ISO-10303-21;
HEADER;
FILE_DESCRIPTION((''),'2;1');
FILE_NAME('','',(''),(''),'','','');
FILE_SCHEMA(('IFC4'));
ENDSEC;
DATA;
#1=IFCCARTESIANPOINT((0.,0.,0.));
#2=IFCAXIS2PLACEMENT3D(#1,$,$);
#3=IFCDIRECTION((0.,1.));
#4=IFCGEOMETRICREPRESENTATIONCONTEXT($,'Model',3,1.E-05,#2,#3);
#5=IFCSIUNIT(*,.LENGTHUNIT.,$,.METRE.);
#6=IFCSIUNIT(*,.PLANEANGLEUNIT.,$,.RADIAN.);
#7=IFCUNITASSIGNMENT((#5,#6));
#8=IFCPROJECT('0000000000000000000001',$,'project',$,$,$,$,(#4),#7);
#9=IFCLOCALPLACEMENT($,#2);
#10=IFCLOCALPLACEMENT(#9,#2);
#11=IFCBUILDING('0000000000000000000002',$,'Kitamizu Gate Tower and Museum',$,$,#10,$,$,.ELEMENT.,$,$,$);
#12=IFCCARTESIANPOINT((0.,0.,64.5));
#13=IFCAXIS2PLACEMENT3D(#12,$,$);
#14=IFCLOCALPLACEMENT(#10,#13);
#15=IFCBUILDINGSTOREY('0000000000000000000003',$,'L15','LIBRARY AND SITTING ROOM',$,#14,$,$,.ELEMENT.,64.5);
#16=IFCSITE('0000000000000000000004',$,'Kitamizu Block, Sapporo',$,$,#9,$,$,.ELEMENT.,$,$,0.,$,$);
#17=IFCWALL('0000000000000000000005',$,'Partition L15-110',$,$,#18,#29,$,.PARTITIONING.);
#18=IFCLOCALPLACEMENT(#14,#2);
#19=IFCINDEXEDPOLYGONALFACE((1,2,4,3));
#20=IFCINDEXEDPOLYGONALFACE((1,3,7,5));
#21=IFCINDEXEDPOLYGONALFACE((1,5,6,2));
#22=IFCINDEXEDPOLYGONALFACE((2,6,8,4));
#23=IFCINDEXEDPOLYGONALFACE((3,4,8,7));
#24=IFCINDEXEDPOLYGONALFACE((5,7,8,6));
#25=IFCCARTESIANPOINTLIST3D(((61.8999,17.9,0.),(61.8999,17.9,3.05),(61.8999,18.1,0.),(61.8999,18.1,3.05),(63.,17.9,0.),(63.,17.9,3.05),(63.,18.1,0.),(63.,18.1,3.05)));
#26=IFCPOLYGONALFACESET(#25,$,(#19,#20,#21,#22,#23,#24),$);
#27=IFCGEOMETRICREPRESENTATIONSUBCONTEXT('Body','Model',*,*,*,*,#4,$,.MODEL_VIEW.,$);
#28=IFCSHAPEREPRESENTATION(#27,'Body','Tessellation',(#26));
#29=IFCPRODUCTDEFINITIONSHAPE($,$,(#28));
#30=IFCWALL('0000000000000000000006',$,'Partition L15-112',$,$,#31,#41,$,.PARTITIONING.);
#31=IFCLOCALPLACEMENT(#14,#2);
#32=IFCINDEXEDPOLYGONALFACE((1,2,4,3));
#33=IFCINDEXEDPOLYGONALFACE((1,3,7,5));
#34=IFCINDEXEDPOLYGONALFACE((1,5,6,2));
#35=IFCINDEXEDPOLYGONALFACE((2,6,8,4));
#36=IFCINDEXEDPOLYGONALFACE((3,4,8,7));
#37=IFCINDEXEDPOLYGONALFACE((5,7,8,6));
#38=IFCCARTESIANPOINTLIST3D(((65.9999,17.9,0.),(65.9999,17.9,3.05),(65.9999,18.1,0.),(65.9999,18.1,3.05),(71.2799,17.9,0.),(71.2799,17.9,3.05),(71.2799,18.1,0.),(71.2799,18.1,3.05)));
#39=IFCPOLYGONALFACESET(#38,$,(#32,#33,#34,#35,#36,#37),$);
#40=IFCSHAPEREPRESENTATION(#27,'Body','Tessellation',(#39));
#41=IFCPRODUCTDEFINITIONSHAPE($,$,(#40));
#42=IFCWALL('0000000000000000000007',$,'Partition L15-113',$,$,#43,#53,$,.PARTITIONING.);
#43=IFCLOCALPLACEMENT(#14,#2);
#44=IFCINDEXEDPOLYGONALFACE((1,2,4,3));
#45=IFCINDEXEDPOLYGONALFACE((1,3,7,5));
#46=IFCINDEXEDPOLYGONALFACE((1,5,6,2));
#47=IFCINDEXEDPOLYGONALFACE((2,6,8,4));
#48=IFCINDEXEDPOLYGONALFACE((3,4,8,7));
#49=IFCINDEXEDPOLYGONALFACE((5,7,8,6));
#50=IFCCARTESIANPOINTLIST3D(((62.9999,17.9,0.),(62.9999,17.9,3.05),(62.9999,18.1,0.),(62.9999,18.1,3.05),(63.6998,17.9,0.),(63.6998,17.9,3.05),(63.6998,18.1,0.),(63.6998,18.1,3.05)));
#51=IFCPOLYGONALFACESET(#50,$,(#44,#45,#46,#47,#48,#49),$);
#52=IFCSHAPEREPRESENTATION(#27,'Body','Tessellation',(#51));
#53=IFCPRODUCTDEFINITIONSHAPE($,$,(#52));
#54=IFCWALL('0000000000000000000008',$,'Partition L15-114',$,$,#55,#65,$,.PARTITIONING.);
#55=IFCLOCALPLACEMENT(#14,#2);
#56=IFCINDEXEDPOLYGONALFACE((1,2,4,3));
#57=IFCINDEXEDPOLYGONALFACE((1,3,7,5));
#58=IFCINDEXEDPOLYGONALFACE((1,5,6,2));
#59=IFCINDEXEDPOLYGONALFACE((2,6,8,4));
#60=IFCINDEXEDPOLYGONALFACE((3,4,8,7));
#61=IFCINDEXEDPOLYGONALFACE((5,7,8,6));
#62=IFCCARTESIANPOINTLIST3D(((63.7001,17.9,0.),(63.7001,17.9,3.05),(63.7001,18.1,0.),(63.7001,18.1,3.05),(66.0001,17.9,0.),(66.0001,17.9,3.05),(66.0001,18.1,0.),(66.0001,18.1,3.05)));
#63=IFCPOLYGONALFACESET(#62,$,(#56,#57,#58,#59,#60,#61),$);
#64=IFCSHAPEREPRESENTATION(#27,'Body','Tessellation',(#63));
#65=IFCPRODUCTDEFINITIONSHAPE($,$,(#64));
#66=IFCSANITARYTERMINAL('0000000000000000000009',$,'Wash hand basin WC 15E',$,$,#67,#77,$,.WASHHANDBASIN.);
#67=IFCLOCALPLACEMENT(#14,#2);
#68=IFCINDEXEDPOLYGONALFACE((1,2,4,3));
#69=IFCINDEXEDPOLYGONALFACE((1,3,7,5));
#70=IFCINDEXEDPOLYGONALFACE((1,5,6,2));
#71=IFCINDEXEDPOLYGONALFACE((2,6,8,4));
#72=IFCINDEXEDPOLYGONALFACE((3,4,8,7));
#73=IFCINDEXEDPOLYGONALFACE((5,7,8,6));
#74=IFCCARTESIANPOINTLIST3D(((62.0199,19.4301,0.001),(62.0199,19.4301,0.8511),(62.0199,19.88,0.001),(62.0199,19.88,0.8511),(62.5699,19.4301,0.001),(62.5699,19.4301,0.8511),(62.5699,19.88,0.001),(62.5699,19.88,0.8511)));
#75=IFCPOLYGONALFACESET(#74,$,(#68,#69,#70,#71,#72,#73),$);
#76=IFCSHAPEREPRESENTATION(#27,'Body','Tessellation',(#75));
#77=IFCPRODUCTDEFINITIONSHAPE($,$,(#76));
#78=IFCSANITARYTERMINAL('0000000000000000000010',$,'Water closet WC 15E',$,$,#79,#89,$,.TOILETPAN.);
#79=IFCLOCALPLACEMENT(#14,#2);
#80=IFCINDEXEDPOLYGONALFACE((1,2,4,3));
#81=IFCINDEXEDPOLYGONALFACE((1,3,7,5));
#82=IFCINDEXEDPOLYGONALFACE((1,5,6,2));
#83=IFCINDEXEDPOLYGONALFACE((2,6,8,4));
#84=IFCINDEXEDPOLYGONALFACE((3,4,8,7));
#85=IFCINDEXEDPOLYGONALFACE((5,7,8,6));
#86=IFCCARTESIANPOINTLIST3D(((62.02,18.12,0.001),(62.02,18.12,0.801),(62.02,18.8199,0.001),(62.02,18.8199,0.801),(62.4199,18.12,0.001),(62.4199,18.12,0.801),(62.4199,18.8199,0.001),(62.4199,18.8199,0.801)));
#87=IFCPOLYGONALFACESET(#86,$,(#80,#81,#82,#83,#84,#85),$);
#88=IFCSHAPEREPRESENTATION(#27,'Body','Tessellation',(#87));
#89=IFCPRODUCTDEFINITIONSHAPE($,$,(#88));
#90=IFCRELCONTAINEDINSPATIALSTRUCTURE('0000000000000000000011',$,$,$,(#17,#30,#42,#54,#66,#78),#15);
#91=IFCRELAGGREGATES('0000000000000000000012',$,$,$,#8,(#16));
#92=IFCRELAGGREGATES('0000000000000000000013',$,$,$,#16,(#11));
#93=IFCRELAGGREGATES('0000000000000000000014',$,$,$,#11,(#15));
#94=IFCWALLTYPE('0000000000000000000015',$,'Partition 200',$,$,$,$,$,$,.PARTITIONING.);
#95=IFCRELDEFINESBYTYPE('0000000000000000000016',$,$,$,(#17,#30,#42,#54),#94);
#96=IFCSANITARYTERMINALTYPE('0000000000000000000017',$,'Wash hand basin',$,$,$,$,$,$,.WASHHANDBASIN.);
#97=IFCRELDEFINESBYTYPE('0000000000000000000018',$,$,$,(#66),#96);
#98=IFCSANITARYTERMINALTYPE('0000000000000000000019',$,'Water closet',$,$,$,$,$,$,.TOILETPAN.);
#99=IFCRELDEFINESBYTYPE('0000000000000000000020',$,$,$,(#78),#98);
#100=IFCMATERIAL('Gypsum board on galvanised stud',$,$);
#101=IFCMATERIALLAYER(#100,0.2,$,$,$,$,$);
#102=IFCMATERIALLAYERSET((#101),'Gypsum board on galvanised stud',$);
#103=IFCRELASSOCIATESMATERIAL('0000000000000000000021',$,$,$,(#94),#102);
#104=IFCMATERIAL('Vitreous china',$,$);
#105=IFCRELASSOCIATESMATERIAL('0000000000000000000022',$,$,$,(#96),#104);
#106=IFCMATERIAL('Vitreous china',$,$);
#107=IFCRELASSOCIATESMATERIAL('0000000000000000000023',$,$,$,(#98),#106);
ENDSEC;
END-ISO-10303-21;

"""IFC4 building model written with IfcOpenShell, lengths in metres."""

from ifc_helpers import new_model, si_unit, direction, frame, frame_2d, origin, origin_2d, place, context, subcontext, project, spatial, rectangle, extrude, material, layer, layer_set, type_object, element, save


model = new_model("IFC4")

# Units and contexts
model_context = context("Model", 3, precision=1e-05, world=origin(), true_north=direction((0.0, 1.0)))
body_context = subcontext(model_context, "Body", "Model", "MODEL_VIEW")
ifc_project = project(units=[si_unit("LENGTHUNIT", "METRE"), si_unit("PLANEANGLEUNIT", "RADIAN")], contexts=[model_context])

# Site, building, storey
site_placement = place(None, origin())
site = spatial("IfcSite", under=ifc_project, at=site_placement, Name="Kitamizu Block, Sapporo", CompositionType="ELEMENT", RefElevation=0.0)
building_placement = place(site_placement, origin())
building = spatial("IfcBuilding", under=site, at=building_placement, Name="Kitamizu Gate Tower and Museum", CompositionType="ELEMENT")
storey_placement = place(building_placement, frame((0.0, 0.0, 64.5)))
storey = spatial("IfcBuildingStorey", under=building, at=storey_placement, Name="L15", Description="LIBRARY AND SITTING ROOM", CompositionType="ELEMENT", Elevation=64.5)

# Walls
ifc_material_1 = material(Name="Gypsum board on galvanised stud")
ifc_layer_1 = layer(ifc_material_1, 0.2)
ifc_layer_set_1 = layer_set([ifc_layer_1], Name="Gypsum board on galvanised stud")
wall_type_1 = type_object("IfcWallType", Name="Partition 200", PredefinedType="PARTITIONING", material=ifc_layer_set_1)
wall_1_placement = place(storey_placement, frame((63.0, 18.0, 0.0), z_axis=(0.0, 0.0, 1.0), x_axis=(-1.0, 0.0, 0.0)))
element("IfcWall", 1, at=wall_1_placement, inside=storey, type_object=wall_type_1, Name="Partition L15-110", PredefinedType="PARTITIONING", context=body_context, shape_type="SweptSolid", body=[
    extrude(rectangle(XDim=1.1001, YDim=0.2, at=frame_2d((0.55, 0.0))), origin(), (0.0, 0.0, 1.0), 3.05),
])
wall_2_placement = place(storey_placement, frame((71.28, 18.0, 0.0), z_axis=(0.0, 0.0, 1.0), x_axis=(-1.0, 0.0, 0.0)))
element("IfcWall", 2, at=wall_2_placement, inside=storey, type_object=wall_type_1, Name="Partition L15-112", PredefinedType="PARTITIONING", context=body_context, shape_type="SweptSolid", body=[
    extrude(rectangle(XDim=5.28, YDim=0.2, at=frame_2d((2.6401, 0.0))), origin(), (0.0, 0.0, 1.0), 3.05),
])
wall_3_placement = place(storey_placement, frame((63.7, 18.0, 0.0), z_axis=(0.0, 0.0, 1.0), x_axis=(-1.0, 0.0, 0.0)))
element("IfcWall", 3, at=wall_3_placement, inside=storey, type_object=wall_type_1, Name="Partition L15-113", PredefinedType="PARTITIONING", context=body_context, shape_type="SweptSolid", body=[
    extrude(rectangle(XDim=0.7, YDim=0.2, at=frame_2d((0.3501, 0.0))), origin(), (0.0, 0.0, 1.0), 3.05),
])
wall_4_placement = place(storey_placement, frame((66.0, 18.0, 0.0), z_axis=(0.0, 0.0, 1.0), x_axis=(-1.0, 0.0, 0.0)))
element("IfcWall", 4, at=wall_4_placement, inside=storey, type_object=wall_type_1, Name="Partition L15-114", PredefinedType="PARTITIONING", context=body_context, shape_type="SweptSolid", body=[
    extrude(rectangle(XDim=2.3, YDim=0.2, at=frame_2d((1.1499, 0.0))), origin(), (0.0, 0.0, 1.0), 3.05),
])

# Sanitary terminals
ifc_material_2 = material(Name="Vitreous china")
sanitary_terminal_type_1 = type_object("IfcSanitaryTerminalType", Name="Wash hand basin", PredefinedType="WASHHANDBASIN", material=ifc_material_2)
sanitary_terminal_1_placement = place(storey_placement, frame((62.2949, 19.655, 0.001), z_axis=(0.0, 0.0, 1.0), x_axis=(1.0, 0.0, 0.0)))
element("IfcSanitaryTerminal", 5, at=sanitary_terminal_1_placement, inside=storey, type_object=sanitary_terminal_type_1, Name="Wash hand basin WC 15E", PredefinedType="WASHHANDBASIN", context=body_context, shape_type="SweptSolid", body=[
    extrude(rectangle(XDim=0.55, YDim=0.45, at=origin_2d()), origin(), (0.0, 0.0, 1.0), 0.8501),
])
ifc_material_3 = material(Name="Vitreous china")
sanitary_terminal_type_2 = type_object("IfcSanitaryTerminalType", Name="Water closet", PredefinedType="TOILETPAN", material=ifc_material_3)
sanitary_terminal_2_placement = place(storey_placement, frame((62.22, 18.47, 0.001), z_axis=(0.0, 0.0, 1.0), x_axis=(1.0, 0.0, 0.0)))
element("IfcSanitaryTerminal", 6, at=sanitary_terminal_2_placement, inside=storey, type_object=sanitary_terminal_type_2, Name="Water closet WC 15E", PredefinedType="TOILETPAN", context=body_context, shape_type="SweptSolid", body=[
    extrude(rectangle(XDim=0.3999, YDim=0.7, at=origin_2d()), origin(), (0.0, 0.0, 1.0), 0.8),
])

save(model, "model.ifc")
